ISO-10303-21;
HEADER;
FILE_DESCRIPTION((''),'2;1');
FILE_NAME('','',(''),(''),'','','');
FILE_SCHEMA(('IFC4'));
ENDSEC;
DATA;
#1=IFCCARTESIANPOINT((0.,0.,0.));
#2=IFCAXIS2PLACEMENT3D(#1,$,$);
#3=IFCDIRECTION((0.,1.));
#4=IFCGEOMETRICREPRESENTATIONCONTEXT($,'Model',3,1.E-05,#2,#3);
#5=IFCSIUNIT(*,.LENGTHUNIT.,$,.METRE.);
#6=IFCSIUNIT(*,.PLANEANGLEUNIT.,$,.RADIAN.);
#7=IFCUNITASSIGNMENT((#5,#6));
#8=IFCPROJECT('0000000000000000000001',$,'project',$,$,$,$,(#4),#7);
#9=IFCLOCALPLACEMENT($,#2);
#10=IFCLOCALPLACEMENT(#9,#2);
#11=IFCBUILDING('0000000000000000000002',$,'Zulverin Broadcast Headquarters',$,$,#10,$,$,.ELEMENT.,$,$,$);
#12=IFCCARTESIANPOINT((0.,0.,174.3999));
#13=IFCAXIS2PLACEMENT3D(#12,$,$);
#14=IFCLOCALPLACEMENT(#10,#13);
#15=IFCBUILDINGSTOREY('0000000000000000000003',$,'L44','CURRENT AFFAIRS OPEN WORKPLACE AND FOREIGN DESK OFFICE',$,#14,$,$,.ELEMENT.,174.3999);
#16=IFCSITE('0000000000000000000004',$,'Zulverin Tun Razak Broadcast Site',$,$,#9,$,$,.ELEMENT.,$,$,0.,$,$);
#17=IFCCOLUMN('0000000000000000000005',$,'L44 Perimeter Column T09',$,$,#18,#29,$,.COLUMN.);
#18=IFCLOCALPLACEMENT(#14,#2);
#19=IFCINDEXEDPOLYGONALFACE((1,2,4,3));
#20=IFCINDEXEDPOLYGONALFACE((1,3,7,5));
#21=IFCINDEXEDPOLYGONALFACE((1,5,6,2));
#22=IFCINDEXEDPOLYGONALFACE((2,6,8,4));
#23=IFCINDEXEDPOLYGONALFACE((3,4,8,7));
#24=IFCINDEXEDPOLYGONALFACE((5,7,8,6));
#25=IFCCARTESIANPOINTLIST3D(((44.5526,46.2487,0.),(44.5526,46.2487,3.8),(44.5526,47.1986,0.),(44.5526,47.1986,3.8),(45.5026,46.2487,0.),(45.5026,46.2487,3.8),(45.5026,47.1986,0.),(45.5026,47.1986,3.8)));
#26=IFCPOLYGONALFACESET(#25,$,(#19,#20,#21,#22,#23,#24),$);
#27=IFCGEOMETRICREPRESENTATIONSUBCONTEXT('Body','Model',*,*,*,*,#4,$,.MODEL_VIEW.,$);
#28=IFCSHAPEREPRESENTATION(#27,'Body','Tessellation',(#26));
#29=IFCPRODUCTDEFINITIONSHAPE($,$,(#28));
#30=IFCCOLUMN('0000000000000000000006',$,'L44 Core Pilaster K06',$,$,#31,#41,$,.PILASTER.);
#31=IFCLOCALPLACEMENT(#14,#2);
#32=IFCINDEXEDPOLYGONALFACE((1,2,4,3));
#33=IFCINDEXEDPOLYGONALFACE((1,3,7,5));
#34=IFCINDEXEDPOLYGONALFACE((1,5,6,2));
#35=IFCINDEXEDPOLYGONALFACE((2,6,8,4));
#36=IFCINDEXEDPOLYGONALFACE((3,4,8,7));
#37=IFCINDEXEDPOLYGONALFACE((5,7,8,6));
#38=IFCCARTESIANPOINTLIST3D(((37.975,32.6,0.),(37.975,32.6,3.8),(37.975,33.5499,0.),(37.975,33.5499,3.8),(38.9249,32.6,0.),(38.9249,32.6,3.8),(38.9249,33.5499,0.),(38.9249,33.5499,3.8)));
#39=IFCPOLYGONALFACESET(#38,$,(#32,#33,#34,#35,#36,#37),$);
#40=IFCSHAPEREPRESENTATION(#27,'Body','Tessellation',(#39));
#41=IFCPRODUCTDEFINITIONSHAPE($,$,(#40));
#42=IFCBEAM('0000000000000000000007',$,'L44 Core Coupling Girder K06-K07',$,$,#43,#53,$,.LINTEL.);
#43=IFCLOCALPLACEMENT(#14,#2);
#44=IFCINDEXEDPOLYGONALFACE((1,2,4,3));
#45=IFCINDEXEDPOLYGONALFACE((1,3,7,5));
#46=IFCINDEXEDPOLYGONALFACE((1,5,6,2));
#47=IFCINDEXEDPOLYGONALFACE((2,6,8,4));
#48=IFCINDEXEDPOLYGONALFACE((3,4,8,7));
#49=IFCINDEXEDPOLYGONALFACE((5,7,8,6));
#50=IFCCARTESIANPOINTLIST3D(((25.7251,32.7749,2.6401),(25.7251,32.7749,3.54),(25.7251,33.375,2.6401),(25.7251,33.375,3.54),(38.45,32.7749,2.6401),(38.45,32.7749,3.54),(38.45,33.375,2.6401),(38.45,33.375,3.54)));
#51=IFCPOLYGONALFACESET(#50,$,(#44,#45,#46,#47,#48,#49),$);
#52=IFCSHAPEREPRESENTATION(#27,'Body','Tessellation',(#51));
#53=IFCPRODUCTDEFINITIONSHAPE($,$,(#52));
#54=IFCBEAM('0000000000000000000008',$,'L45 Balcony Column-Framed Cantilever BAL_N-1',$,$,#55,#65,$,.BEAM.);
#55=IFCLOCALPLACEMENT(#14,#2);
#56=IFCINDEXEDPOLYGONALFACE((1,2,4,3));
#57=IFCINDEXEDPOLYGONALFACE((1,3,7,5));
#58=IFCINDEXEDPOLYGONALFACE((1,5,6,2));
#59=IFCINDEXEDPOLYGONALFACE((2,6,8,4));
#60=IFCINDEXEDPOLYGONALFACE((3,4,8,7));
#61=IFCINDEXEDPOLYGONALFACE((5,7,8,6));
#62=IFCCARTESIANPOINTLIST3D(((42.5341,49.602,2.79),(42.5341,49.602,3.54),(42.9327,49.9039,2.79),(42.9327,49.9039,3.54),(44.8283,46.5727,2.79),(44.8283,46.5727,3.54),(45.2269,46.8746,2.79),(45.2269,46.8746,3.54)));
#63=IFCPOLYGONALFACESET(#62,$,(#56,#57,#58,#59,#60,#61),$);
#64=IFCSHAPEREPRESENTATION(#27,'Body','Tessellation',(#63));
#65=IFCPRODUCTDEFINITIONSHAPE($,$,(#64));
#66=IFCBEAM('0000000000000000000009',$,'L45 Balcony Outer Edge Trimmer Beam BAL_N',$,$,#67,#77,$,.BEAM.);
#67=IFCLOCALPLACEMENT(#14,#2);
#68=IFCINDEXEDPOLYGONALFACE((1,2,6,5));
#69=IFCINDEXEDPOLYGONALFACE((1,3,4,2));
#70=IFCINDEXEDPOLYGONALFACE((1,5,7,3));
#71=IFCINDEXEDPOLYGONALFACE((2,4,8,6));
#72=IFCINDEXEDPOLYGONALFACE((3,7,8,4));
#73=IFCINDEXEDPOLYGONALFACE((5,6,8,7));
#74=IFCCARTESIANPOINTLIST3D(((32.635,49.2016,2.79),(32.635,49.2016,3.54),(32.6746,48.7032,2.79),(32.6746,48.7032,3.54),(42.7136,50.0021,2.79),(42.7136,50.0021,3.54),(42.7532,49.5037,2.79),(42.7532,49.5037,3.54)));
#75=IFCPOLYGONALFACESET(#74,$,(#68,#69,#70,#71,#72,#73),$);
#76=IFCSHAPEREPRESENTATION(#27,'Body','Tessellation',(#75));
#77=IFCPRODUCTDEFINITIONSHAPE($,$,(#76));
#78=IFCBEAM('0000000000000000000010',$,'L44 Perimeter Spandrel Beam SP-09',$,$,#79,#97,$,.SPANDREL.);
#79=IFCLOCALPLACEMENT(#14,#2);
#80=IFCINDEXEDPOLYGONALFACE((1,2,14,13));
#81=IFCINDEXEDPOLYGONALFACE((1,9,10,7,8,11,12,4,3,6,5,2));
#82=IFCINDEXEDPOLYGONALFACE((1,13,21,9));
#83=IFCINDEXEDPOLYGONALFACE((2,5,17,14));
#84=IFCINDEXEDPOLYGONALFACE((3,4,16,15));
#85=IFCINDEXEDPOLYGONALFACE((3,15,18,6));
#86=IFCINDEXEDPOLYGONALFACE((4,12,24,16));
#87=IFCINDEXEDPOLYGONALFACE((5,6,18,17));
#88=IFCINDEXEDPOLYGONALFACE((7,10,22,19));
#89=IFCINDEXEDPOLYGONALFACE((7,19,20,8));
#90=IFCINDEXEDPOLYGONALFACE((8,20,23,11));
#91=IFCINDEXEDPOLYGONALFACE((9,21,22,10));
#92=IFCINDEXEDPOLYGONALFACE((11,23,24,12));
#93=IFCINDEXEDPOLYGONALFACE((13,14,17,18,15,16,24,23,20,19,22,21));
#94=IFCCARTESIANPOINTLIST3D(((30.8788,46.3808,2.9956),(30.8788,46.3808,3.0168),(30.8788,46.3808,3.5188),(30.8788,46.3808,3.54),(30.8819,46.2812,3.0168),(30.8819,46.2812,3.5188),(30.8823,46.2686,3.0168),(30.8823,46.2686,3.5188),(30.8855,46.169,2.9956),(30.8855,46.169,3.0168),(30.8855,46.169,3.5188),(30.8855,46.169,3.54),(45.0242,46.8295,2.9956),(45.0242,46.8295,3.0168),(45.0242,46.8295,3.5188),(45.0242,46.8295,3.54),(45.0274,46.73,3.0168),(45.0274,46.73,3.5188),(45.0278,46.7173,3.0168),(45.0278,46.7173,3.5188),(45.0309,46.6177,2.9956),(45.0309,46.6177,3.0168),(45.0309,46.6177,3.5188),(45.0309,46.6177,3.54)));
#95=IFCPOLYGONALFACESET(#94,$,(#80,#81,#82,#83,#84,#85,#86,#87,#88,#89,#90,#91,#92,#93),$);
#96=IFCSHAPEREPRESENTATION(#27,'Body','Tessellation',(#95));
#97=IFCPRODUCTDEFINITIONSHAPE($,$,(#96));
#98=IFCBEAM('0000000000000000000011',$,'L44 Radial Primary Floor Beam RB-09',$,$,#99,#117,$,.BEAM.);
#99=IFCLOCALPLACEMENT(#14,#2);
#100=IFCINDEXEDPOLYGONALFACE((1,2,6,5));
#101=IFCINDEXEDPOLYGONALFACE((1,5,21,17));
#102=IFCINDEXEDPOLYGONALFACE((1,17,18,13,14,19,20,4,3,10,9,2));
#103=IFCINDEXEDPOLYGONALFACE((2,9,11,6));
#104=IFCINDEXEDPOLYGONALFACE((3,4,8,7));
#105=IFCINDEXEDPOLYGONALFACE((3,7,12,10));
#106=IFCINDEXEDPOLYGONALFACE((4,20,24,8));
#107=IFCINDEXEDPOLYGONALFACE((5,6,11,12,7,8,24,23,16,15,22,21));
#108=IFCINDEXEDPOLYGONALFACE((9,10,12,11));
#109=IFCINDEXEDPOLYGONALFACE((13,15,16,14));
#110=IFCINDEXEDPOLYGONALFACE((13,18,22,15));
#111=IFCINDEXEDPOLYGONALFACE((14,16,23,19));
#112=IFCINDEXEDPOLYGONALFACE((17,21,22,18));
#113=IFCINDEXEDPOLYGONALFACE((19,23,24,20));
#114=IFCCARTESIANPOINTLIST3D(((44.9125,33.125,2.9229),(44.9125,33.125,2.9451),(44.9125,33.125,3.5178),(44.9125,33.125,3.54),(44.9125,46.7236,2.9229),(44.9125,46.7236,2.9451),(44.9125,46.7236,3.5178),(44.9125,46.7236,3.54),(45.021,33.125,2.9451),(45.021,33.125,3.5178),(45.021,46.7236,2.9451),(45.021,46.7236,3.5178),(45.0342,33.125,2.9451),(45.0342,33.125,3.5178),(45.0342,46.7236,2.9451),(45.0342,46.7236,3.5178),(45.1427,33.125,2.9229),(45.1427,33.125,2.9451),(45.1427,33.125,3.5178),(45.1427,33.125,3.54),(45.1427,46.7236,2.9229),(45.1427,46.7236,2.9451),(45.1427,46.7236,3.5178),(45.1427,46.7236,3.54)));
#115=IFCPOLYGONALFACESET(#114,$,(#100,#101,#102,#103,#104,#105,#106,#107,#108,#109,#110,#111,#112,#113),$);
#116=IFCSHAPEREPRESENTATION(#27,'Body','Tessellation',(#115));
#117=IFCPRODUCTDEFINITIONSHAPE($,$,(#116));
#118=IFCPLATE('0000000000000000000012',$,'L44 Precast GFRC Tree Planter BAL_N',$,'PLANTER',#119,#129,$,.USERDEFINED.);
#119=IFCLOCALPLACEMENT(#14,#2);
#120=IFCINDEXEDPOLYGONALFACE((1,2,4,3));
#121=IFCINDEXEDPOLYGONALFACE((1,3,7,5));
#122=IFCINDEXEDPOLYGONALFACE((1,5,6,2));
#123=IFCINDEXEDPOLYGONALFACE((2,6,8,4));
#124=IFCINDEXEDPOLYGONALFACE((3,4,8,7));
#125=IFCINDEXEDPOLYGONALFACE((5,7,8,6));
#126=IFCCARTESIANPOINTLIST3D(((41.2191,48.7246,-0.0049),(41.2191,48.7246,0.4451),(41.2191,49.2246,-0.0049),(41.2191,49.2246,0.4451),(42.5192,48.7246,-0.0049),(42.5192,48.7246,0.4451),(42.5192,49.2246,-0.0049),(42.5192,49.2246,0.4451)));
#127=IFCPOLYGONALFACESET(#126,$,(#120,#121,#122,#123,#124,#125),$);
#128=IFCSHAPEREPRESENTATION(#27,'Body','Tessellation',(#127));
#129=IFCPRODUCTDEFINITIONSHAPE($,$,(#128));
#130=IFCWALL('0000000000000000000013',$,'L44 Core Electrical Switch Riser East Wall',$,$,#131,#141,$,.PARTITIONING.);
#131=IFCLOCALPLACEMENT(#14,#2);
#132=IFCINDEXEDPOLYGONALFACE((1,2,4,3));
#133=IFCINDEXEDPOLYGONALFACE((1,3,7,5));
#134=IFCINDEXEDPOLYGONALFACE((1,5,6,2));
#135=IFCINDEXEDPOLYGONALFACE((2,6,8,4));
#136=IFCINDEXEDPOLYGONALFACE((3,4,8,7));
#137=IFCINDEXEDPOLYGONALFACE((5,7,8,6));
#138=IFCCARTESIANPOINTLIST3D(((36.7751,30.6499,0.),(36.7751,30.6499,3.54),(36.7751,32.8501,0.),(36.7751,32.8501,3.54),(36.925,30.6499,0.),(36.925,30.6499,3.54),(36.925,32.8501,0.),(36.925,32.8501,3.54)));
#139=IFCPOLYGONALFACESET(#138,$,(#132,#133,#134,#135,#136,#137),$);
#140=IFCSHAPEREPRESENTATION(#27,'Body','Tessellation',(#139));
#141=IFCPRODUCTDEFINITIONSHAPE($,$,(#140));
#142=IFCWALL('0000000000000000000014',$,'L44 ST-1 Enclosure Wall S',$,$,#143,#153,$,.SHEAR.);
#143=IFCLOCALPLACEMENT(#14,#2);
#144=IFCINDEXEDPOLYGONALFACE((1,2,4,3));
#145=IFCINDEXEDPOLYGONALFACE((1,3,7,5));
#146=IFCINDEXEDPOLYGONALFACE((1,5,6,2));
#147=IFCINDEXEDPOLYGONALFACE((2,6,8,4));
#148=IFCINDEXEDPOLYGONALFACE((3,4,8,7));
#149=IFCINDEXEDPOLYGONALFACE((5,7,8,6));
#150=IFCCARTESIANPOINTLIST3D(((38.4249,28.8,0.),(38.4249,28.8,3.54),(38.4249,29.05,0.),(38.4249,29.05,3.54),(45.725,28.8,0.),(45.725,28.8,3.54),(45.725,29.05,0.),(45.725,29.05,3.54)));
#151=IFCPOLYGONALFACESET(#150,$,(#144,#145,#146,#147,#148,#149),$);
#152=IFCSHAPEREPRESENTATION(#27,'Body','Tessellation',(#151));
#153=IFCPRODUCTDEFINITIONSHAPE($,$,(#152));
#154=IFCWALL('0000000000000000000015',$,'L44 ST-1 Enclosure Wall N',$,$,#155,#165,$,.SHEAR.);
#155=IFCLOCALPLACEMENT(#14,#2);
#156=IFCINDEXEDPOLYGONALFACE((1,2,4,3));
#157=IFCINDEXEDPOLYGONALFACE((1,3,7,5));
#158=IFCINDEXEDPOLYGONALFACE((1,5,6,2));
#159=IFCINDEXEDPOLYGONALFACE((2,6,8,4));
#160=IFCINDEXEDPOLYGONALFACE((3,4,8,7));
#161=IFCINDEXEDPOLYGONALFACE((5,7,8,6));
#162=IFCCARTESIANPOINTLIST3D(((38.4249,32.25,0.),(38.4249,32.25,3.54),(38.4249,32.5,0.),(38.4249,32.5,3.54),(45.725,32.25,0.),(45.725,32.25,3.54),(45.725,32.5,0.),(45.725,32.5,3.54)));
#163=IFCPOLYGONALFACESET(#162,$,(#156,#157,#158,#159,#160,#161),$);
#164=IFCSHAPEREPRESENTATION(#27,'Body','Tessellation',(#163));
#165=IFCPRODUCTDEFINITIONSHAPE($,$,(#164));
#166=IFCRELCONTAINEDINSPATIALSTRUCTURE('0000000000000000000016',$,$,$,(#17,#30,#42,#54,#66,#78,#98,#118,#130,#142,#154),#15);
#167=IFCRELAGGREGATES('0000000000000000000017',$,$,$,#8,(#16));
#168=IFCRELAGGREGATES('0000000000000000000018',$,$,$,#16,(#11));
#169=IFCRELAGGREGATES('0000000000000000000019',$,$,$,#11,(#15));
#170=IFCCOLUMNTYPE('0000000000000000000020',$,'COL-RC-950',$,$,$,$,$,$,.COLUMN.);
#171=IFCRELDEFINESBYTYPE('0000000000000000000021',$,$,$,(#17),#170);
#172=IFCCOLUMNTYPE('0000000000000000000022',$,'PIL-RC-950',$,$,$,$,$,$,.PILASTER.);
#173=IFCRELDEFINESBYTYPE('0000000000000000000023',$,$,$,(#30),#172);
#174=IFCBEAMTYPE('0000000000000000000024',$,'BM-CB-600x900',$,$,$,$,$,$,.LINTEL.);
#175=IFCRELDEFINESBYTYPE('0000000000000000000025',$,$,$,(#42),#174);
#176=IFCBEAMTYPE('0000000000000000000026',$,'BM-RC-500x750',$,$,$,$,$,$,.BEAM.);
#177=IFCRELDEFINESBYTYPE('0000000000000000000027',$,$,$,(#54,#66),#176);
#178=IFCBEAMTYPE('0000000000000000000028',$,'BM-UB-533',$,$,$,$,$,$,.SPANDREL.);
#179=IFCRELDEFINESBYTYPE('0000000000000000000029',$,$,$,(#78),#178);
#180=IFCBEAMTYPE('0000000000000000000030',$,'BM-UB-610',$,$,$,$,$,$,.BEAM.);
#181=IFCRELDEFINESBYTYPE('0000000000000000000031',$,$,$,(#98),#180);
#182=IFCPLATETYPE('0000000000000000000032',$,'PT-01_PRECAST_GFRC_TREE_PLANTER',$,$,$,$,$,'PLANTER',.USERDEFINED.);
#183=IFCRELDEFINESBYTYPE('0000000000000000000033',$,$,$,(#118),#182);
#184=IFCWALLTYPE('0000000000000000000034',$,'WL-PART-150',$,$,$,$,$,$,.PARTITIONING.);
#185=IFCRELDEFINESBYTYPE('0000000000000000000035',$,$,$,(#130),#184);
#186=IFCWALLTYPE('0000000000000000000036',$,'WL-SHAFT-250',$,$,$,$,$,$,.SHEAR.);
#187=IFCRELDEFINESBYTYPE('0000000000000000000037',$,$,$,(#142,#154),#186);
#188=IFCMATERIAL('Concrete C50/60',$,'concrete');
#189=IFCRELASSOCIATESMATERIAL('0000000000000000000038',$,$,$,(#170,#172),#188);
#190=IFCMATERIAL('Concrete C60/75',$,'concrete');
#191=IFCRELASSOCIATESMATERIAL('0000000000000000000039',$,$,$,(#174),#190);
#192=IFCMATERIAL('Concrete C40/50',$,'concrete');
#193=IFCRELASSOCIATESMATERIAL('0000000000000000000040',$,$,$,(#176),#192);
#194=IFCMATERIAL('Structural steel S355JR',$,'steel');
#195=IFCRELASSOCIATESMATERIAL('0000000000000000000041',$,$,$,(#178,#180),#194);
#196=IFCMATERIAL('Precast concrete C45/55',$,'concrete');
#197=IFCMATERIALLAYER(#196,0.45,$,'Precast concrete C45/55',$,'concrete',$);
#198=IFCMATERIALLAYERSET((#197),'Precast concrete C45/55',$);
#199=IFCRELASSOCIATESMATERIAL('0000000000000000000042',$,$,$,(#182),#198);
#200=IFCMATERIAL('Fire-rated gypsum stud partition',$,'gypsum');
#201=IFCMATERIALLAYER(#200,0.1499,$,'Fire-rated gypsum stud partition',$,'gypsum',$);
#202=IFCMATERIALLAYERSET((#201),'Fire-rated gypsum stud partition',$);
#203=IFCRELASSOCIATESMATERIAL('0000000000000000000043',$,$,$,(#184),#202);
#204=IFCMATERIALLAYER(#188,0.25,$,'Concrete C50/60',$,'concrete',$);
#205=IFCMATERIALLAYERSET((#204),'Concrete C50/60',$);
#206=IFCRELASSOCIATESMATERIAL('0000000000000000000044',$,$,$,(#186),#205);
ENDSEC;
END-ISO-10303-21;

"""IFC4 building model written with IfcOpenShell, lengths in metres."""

from ifc_helpers import new_model, si_unit, direction, frame, frame_2d, origin, origin_2d, place, context, subcontext, project, spatial, rectangle, i_section, extrude, material, layer, layer_set, material_profile, profile_set, type_object, element, save


model = new_model("IFC4")

# Units and contexts
model_context = context("Model", 3, precision=1e-05, world=origin(), true_north=direction((0.0, 1.0)))
body_context = subcontext(model_context, "Body", "Model", "MODEL_VIEW")
ifc_project = project(units=[si_unit("LENGTHUNIT", "METRE"), si_unit("PLANEANGLEUNIT", "RADIAN")], contexts=[model_context])

# Site, building, storey
site_placement = place(None, origin())
site = spatial("IfcSite", under=ifc_project, at=site_placement, Name="Zulverin Tun Razak Broadcast Site", CompositionType="ELEMENT", RefElevation=0.0)
building_placement = place(site_placement, origin())
building = spatial("IfcBuilding", under=site, at=building_placement, Name="Zulverin Broadcast Headquarters", CompositionType="ELEMENT")
storey_placement = place(building_placement, frame((0.0, 0.0, 174.3999)))
storey = spatial("IfcBuildingStorey", under=building, at=storey_placement, Name="L44", Description="CURRENT AFFAIRS OPEN WORKPLACE AND FOREIGN DESK OFFICE", CompositionType="ELEMENT", Elevation=174.3999)

# Columns
ifc_material_1 = material(Name="Concrete C50/60", Category="concrete")
ifc_material_profile_1 = material_profile(ifc_material_1, rectangle(XDim=0.95, YDim=0.95, at=origin_2d()), Name="Concrete C50/60", Category="concrete")
ifc_profile_set_1 = profile_set([ifc_material_profile_1], Name="Concrete C50/60")
column_type_1 = type_object("IfcColumnType", Name="COL-RC-950", PredefinedType="COLUMN", material=ifc_profile_set_1)
column_1_placement = place(storey_placement, frame((45.0276, 46.7236, 0.0), z_axis=(0.0, 0.0, 1.0), x_axis=(1.0, 0.0, 0.0)))
element("IfcColumn", 1, at=column_1_placement, inside=storey, type_object=column_type_1, Name="L44 Perimeter Column T09", PredefinedType="COLUMN", context=body_context, shape_type="SweptSolid", body=[
    extrude(rectangle(XDim=0.95, YDim=0.95, at=origin_2d()), origin(), (0.0, 0.0, 1.0), 3.8),
])
ifc_material_profile_2 = material_profile(ifc_material_1, rectangle(XDim=0.95, YDim=0.95, at=origin_2d()), Name="Concrete C50/60", Category="concrete")
ifc_profile_set_2 = profile_set([ifc_material_profile_2], Name="Concrete C50/60")
column_type_2 = type_object("IfcColumnType", Name="PIL-RC-950", PredefinedType="PILASTER", material=ifc_profile_set_2)
column_2_placement = place(storey_placement, frame((38.45, 33.075, 0.0), z_axis=(0.0, 0.0, 1.0), x_axis=(1.0, 0.0, 0.0)))
element("IfcColumn", 2, at=column_2_placement, inside=storey, type_object=column_type_2, Name="L44 Core Pilaster K06", PredefinedType="PILASTER", context=body_context, shape_type="SweptSolid", body=[
    extrude(rectangle(XDim=0.95, YDim=0.95, at=origin_2d()), origin(), (0.0, 0.0, 1.0), 3.8),
])

# Beams
ifc_material_2 = material(Name="Concrete C60/75", Category="concrete")
ifc_material_profile_3 = material_profile(ifc_material_2, rectangle(XDim=0.6001, YDim=0.8999, at=origin_2d()), Name="Concrete C60/75", Category="concrete")
ifc_profile_set_3 = profile_set([ifc_material_profile_3], Name="Concrete C60/75")
beam_type_1 = type_object("IfcBeamType", Name="BM-CB-600x900", PredefinedType="LINTEL", material=ifc_profile_set_3)
beam_1_placement = place(storey_placement, frame((38.45, 33.075, 3.0901), z_axis=(-1.0, 0.0, 0.0), x_axis=(0.0, -1.0, 0.0)))
element("IfcBeam", 3, at=beam_1_placement, inside=storey, type_object=beam_type_1, Name="L44 Core Coupling Girder K06-K07", PredefinedType="LINTEL", context=body_context, shape_type="SweptSolid", body=[
    extrude(rectangle(XDim=0.6001, YDim=0.8999, at=origin_2d()), origin(), (0.0, 0.0, 1.0), 12.7249),
])
ifc_material_3 = material(Name="Concrete C40/50", Category="concrete")
ifc_material_profile_4 = material_profile(ifc_material_3, rectangle(XDim=0.5, YDim=0.75, at=origin_2d()), Name="Concrete C40/50", Category="concrete")
ifc_profile_set_4 = profile_set([ifc_material_profile_4], Name="Concrete C40/50")
beam_type_2 = type_object("IfcBeamType", Name="BM-RC-500x750", PredefinedType="BEAM", material=ifc_profile_set_4)
beam_2_placement = place(storey_placement, frame((45.0276, 46.7236, 3.165), z_axis=(-0.603735, 0.797185, 0.0), x_axis=(-0.797185, -0.603735, 0.0)))
element("IfcBeam", 4, at=beam_2_placement, inside=storey, type_object=beam_type_2, Name="L45 Balcony Column-Framed Cantilever BAL_N-1", PredefinedType="BEAM", context=body_context, shape_type="SweptSolid", body=[
    extrude(rectangle(XDim=0.5, YDim=0.75, at=origin_2d()), origin(), (0.0, 0.0, 1.0), 3.8),
])
beam_3_placement = place(storey_placement, frame((42.7334, 49.7529, 3.165), z_axis=(-0.99686, -0.07918, 0.0), x_axis=(0.07918, -0.99686, 0.0)))
element("IfcBeam", 5, at=beam_3_placement, inside=storey, type_object=beam_type_2, Name="L45 Balcony Outer Edge Trimmer Beam BAL_N", PredefinedType="BEAM", context=body_context, shape_type="SweptSolid", body=[
    extrude(rectangle(XDim=0.5, YDim=0.75, at=origin_2d()), origin(), (0.0, 0.0, 1.0), 10.1104),
])
ifc_material_4 = material(Name="Structural steel S355JR", Category="steel")
ifc_material_profile_5 = material_profile(ifc_material_4, i_section(OverallWidth=0.2119, OverallDepth=0.5444, WebThickness=0.0127, FlangeThickness=0.0212, at=origin_2d()), Name="Structural steel S355JR", Category="steel")
ifc_profile_set_5 = profile_set([ifc_material_profile_5], Name="Structural steel S355JR")
beam_type_3 = type_object("IfcBeamType", Name="BM-UB-533", PredefinedType="SPANDREL", material=ifc_profile_set_5)
beam_4_placement = place(storey_placement, frame((45.0276, 46.7236, 3.2678), z_axis=(-0.999497, -0.031707, 0.0), x_axis=(0.031707, -0.999497, 0.0)))
element("IfcBeam", 6, at=beam_4_placement, inside=storey, type_object=beam_type_3, Name="L44 Perimeter Spandrel Beam SP-09", PredefinedType="SPANDREL", context=body_context, shape_type="SweptSolid", body=[
    extrude(i_section(OverallWidth=0.2119, OverallDepth=0.5444, WebThickness=0.0127, FlangeThickness=0.0212, at=origin_2d()), origin(), (0.0, 0.0, 1.0), 14.1526),
])
ifc_material_profile_6 = material_profile(ifc_material_4, i_section(OverallWidth=0.2302, OverallDepth=0.6172, WebThickness=0.0132, FlangeThickness=0.0222, at=origin_2d()), Name="Structural steel S355JR", Category="steel")
ifc_profile_set_6 = profile_set([ifc_material_profile_6], Name="Structural steel S355JR")
beam_type_4 = type_object("IfcBeamType", Name="BM-UB-610", PredefinedType="BEAM", material=ifc_profile_set_6)
beam_5_placement = place(storey_placement, frame((45.0276, 33.125, 3.2314), z_axis=(0.0, 1.0, 0.0), x_axis=(-1.0, 0.0, 0.0)))
element("IfcBeam", 7, at=beam_5_placement, inside=storey, type_object=beam_type_4, Name="L44 Radial Primary Floor Beam RB-09", PredefinedType="BEAM", context=body_context, shape_type="SweptSolid", body=[
    extrude(i_section(OverallWidth=0.2302, OverallDepth=0.6172, WebThickness=0.0132, FlangeThickness=0.0222, at=origin_2d()), origin(), (0.0, 0.0, 1.0), 13.5986),
])

# Plate
ifc_material_5 = material(Name="Precast concrete C45/55", Category="concrete")
ifc_layer_1 = layer(ifc_material_5, 0.45, Name="Precast concrete C45/55", Category="concrete")
ifc_layer_set_1 = layer_set([ifc_layer_1], Name="Precast concrete C45/55")
plate_type = type_object("IfcPlateType", Name="PT-01_PRECAST_GFRC_TREE_PLANTER", ElementType="PLANTER", PredefinedType="USERDEFINED", material=ifc_layer_set_1)
plate_placement = place(storey_placement, frame((41.8691, 48.9746, -0.0049), z_axis=(0.0, 0.0, 1.0), x_axis=(1.0, 0.0, 0.0)))
element("IfcPlate", 8, at=plate_placement, inside=storey, type_object=plate_type, Name="L44 Precast GFRC Tree Planter BAL_N", ObjectType="PLANTER", PredefinedType="USERDEFINED", context=body_context, shape_type="SweptSolid", body=[
    extrude(rectangle(XDim=1.3, YDim=0.5, at=origin_2d()), origin(), (0.0, 0.0, 1.0), 0.45),
])

# Walls
ifc_material_6 = material(Name="Fire-rated gypsum stud partition", Category="gypsum")
ifc_layer_2 = layer(ifc_material_6, 0.1499, Name="Fire-rated gypsum stud partition", Category="gypsum")
ifc_layer_set_2 = layer_set([ifc_layer_2], Name="Fire-rated gypsum stud partition")
wall_type_1 = type_object("IfcWallType", Name="WL-PART-150", PredefinedType="PARTITIONING", material=ifc_layer_set_2)
wall_1_placement = place(storey_placement, frame((36.8501, 30.6499, 0.0), z_axis=(0.0, 0.0, 1.0), x_axis=(0.0, 1.0, 0.0)))
element("IfcWall", 9, at=wall_1_placement, inside=storey, type_object=wall_type_1, Name="L44 Core Electrical Switch Riser East Wall", PredefinedType="PARTITIONING", context=body_context, shape_type="SweptSolid", body=[
    extrude(rectangle(XDim=2.2002, YDim=0.1499, at=frame_2d((1.1001, 0.0))), origin(), (0.0, 0.0, 1.0), 3.54),
])
ifc_layer_3 = layer(ifc_material_1, 0.25, Name="Concrete C50/60", Category="concrete")
ifc_layer_set_3 = layer_set([ifc_layer_3], Name="Concrete C50/60")
wall_type_2 = type_object("IfcWallType", Name="WL-SHAFT-250", PredefinedType="SHEAR", material=ifc_layer_set_3)
for number, where, z_axis, x_axis, name in (
    (10, (38.425, 28.925, 0.0), (0.0, 0.0, 1.0), (1.0, 0.0, 0.0), "L44 ST-1 Enclosure Wall S"),
    (11, (38.425, 32.375, 0.0), (0.0, 0.0, 1.0), (1.0, 0.0, 0.0), "L44 ST-1 Enclosure Wall N"),
):
    element("IfcWall", number, at=place(storey_placement, frame(where, z_axis=z_axis, x_axis=x_axis)), inside=storey, type_object=wall_type_2, Name=name, PredefinedType="SHEAR", context=body_context, shape_type="SweptSolid", body=[
        extrude(rectangle(XDim=7.3, YDim=0.25, at=frame_2d((3.6499, 0.0))), origin(), (0.0, 0.0, 1.0), 3.54),
    ])

save(model, "model.ifc")
